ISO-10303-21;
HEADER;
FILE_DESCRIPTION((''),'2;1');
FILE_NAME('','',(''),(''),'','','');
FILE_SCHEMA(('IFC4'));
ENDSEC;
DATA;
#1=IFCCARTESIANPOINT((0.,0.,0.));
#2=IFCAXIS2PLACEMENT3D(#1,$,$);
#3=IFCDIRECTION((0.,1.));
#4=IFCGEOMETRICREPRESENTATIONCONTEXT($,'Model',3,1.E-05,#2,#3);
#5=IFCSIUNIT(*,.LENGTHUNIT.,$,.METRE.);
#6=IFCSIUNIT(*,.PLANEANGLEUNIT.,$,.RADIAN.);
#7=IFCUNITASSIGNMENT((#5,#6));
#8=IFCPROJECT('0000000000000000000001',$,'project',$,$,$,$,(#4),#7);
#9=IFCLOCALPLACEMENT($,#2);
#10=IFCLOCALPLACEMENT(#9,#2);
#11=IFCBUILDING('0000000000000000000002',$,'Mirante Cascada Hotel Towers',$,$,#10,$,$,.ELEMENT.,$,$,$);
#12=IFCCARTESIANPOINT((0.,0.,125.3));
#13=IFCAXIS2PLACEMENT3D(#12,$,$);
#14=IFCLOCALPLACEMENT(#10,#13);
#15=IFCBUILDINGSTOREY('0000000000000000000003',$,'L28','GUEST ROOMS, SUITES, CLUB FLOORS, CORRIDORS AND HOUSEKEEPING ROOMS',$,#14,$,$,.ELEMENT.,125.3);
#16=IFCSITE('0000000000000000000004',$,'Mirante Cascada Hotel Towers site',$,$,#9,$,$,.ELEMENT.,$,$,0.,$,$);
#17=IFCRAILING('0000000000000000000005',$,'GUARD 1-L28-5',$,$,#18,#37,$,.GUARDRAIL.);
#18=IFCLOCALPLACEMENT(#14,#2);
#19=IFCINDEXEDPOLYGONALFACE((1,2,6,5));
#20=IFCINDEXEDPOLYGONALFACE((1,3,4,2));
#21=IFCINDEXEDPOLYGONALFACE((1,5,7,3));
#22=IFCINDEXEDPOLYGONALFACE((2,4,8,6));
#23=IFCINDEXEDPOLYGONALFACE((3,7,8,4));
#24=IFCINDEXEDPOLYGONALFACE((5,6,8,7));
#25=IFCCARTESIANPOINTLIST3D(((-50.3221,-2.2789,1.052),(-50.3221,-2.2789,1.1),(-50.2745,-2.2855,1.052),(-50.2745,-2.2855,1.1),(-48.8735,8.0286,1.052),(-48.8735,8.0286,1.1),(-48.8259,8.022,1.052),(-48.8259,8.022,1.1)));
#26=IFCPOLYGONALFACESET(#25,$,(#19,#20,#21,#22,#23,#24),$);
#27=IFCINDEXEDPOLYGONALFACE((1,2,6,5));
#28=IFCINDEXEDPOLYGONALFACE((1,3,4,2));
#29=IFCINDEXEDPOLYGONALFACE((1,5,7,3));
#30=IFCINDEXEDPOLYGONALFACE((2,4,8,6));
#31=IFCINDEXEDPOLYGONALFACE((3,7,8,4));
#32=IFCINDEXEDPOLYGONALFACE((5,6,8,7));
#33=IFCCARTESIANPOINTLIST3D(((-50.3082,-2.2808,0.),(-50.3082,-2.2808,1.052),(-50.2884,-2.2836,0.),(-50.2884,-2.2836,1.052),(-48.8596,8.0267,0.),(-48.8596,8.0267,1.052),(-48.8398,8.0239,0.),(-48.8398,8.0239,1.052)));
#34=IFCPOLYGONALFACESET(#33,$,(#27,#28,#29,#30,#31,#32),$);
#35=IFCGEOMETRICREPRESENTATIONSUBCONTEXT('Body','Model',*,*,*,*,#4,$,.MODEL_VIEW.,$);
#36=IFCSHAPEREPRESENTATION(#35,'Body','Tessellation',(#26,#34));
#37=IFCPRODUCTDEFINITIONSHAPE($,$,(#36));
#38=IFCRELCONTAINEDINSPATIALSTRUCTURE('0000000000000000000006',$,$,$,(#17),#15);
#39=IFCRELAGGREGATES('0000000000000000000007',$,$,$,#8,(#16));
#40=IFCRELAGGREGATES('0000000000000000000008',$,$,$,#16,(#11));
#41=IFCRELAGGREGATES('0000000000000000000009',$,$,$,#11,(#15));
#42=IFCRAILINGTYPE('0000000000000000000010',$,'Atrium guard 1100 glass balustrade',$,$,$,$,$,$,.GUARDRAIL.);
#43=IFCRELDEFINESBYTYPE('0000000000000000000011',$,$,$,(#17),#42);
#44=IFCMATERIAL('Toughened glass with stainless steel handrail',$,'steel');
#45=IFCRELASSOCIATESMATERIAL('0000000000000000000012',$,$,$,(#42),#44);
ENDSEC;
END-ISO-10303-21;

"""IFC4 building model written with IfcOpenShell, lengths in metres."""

from ifc_helpers import new_model, si_unit, direction, frame, origin, origin_2d, place, context, subcontext, project, spatial, rectangle, extrude, material, type_object, element, save


model = new_model("IFC4")

# Units and contexts
model_context = context("Model", 3, precision=1e-05, world=origin(), true_north=direction((0.0, 1.0)))
body_context = subcontext(model_context, "Body", "Model", "MODEL_VIEW")
ifc_project = project(units=[si_unit("LENGTHUNIT", "METRE"), si_unit("PLANEANGLEUNIT", "RADIAN")], contexts=[model_context])

# Site, building, storey
site_placement = place(None, origin())
site = spatial("IfcSite", under=ifc_project, at=site_placement, Name="Mirante Cascada Hotel Towers site", CompositionType="ELEMENT", RefElevation=0.0)
building_placement = place(site_placement, origin())
building = spatial("IfcBuilding", under=site, at=building_placement, Name="Mirante Cascada Hotel Towers", CompositionType="ELEMENT")
storey_placement = place(building_placement, frame((0.0, 0.0, 125.3)))
storey = spatial("IfcBuildingStorey", under=building, at=storey_placement, Name="L28", Description="GUEST ROOMS, SUITES, CLUB FLOORS, CORRIDORS AND HOUSEKEEPING ROOMS", CompositionType="ELEMENT", Elevation=125.3)

# Railing
ifc_material_1 = material(Name="Toughened glass with stainless steel handrail", Category="steel")
railing_type = type_object("IfcRailingType", Name="Atrium guard 1100 glass balustrade", PredefinedType="GUARDRAIL", material=ifc_material_1)
railing_1_placement = place(storey_placement, frame((-48.8497, 8.0253, 0.0)))
element("IfcRailing", 1, at=railing_1_placement, inside=storey, type_object=railing_type, Name="GUARD 1-L28-5", PredefinedType="GUARDRAIL", context=body_context, shape_type="SweptSolid", body=[
    extrude(rectangle(XDim=0.048, YDim=0.048, at=origin_2d()), frame((0.0, 0.0, 1.076), z_axis=(-0.139171, -0.990268, 0.0), x_axis=(0.990268, -0.139171, 0.0)), (0.0, 0.0, 1.0), 10.4088),
    extrude(rectangle(XDim=0.02, YDim=1.052, at=origin_2d()), frame((0.0, 0.0, 0.526), z_axis=(-0.139171, -0.990268, 0.0), x_axis=(0.990268, -0.139171, 0.0)), (0.0, 0.0, 1.0), 10.4088),
])

save(model, "model.ifc")
